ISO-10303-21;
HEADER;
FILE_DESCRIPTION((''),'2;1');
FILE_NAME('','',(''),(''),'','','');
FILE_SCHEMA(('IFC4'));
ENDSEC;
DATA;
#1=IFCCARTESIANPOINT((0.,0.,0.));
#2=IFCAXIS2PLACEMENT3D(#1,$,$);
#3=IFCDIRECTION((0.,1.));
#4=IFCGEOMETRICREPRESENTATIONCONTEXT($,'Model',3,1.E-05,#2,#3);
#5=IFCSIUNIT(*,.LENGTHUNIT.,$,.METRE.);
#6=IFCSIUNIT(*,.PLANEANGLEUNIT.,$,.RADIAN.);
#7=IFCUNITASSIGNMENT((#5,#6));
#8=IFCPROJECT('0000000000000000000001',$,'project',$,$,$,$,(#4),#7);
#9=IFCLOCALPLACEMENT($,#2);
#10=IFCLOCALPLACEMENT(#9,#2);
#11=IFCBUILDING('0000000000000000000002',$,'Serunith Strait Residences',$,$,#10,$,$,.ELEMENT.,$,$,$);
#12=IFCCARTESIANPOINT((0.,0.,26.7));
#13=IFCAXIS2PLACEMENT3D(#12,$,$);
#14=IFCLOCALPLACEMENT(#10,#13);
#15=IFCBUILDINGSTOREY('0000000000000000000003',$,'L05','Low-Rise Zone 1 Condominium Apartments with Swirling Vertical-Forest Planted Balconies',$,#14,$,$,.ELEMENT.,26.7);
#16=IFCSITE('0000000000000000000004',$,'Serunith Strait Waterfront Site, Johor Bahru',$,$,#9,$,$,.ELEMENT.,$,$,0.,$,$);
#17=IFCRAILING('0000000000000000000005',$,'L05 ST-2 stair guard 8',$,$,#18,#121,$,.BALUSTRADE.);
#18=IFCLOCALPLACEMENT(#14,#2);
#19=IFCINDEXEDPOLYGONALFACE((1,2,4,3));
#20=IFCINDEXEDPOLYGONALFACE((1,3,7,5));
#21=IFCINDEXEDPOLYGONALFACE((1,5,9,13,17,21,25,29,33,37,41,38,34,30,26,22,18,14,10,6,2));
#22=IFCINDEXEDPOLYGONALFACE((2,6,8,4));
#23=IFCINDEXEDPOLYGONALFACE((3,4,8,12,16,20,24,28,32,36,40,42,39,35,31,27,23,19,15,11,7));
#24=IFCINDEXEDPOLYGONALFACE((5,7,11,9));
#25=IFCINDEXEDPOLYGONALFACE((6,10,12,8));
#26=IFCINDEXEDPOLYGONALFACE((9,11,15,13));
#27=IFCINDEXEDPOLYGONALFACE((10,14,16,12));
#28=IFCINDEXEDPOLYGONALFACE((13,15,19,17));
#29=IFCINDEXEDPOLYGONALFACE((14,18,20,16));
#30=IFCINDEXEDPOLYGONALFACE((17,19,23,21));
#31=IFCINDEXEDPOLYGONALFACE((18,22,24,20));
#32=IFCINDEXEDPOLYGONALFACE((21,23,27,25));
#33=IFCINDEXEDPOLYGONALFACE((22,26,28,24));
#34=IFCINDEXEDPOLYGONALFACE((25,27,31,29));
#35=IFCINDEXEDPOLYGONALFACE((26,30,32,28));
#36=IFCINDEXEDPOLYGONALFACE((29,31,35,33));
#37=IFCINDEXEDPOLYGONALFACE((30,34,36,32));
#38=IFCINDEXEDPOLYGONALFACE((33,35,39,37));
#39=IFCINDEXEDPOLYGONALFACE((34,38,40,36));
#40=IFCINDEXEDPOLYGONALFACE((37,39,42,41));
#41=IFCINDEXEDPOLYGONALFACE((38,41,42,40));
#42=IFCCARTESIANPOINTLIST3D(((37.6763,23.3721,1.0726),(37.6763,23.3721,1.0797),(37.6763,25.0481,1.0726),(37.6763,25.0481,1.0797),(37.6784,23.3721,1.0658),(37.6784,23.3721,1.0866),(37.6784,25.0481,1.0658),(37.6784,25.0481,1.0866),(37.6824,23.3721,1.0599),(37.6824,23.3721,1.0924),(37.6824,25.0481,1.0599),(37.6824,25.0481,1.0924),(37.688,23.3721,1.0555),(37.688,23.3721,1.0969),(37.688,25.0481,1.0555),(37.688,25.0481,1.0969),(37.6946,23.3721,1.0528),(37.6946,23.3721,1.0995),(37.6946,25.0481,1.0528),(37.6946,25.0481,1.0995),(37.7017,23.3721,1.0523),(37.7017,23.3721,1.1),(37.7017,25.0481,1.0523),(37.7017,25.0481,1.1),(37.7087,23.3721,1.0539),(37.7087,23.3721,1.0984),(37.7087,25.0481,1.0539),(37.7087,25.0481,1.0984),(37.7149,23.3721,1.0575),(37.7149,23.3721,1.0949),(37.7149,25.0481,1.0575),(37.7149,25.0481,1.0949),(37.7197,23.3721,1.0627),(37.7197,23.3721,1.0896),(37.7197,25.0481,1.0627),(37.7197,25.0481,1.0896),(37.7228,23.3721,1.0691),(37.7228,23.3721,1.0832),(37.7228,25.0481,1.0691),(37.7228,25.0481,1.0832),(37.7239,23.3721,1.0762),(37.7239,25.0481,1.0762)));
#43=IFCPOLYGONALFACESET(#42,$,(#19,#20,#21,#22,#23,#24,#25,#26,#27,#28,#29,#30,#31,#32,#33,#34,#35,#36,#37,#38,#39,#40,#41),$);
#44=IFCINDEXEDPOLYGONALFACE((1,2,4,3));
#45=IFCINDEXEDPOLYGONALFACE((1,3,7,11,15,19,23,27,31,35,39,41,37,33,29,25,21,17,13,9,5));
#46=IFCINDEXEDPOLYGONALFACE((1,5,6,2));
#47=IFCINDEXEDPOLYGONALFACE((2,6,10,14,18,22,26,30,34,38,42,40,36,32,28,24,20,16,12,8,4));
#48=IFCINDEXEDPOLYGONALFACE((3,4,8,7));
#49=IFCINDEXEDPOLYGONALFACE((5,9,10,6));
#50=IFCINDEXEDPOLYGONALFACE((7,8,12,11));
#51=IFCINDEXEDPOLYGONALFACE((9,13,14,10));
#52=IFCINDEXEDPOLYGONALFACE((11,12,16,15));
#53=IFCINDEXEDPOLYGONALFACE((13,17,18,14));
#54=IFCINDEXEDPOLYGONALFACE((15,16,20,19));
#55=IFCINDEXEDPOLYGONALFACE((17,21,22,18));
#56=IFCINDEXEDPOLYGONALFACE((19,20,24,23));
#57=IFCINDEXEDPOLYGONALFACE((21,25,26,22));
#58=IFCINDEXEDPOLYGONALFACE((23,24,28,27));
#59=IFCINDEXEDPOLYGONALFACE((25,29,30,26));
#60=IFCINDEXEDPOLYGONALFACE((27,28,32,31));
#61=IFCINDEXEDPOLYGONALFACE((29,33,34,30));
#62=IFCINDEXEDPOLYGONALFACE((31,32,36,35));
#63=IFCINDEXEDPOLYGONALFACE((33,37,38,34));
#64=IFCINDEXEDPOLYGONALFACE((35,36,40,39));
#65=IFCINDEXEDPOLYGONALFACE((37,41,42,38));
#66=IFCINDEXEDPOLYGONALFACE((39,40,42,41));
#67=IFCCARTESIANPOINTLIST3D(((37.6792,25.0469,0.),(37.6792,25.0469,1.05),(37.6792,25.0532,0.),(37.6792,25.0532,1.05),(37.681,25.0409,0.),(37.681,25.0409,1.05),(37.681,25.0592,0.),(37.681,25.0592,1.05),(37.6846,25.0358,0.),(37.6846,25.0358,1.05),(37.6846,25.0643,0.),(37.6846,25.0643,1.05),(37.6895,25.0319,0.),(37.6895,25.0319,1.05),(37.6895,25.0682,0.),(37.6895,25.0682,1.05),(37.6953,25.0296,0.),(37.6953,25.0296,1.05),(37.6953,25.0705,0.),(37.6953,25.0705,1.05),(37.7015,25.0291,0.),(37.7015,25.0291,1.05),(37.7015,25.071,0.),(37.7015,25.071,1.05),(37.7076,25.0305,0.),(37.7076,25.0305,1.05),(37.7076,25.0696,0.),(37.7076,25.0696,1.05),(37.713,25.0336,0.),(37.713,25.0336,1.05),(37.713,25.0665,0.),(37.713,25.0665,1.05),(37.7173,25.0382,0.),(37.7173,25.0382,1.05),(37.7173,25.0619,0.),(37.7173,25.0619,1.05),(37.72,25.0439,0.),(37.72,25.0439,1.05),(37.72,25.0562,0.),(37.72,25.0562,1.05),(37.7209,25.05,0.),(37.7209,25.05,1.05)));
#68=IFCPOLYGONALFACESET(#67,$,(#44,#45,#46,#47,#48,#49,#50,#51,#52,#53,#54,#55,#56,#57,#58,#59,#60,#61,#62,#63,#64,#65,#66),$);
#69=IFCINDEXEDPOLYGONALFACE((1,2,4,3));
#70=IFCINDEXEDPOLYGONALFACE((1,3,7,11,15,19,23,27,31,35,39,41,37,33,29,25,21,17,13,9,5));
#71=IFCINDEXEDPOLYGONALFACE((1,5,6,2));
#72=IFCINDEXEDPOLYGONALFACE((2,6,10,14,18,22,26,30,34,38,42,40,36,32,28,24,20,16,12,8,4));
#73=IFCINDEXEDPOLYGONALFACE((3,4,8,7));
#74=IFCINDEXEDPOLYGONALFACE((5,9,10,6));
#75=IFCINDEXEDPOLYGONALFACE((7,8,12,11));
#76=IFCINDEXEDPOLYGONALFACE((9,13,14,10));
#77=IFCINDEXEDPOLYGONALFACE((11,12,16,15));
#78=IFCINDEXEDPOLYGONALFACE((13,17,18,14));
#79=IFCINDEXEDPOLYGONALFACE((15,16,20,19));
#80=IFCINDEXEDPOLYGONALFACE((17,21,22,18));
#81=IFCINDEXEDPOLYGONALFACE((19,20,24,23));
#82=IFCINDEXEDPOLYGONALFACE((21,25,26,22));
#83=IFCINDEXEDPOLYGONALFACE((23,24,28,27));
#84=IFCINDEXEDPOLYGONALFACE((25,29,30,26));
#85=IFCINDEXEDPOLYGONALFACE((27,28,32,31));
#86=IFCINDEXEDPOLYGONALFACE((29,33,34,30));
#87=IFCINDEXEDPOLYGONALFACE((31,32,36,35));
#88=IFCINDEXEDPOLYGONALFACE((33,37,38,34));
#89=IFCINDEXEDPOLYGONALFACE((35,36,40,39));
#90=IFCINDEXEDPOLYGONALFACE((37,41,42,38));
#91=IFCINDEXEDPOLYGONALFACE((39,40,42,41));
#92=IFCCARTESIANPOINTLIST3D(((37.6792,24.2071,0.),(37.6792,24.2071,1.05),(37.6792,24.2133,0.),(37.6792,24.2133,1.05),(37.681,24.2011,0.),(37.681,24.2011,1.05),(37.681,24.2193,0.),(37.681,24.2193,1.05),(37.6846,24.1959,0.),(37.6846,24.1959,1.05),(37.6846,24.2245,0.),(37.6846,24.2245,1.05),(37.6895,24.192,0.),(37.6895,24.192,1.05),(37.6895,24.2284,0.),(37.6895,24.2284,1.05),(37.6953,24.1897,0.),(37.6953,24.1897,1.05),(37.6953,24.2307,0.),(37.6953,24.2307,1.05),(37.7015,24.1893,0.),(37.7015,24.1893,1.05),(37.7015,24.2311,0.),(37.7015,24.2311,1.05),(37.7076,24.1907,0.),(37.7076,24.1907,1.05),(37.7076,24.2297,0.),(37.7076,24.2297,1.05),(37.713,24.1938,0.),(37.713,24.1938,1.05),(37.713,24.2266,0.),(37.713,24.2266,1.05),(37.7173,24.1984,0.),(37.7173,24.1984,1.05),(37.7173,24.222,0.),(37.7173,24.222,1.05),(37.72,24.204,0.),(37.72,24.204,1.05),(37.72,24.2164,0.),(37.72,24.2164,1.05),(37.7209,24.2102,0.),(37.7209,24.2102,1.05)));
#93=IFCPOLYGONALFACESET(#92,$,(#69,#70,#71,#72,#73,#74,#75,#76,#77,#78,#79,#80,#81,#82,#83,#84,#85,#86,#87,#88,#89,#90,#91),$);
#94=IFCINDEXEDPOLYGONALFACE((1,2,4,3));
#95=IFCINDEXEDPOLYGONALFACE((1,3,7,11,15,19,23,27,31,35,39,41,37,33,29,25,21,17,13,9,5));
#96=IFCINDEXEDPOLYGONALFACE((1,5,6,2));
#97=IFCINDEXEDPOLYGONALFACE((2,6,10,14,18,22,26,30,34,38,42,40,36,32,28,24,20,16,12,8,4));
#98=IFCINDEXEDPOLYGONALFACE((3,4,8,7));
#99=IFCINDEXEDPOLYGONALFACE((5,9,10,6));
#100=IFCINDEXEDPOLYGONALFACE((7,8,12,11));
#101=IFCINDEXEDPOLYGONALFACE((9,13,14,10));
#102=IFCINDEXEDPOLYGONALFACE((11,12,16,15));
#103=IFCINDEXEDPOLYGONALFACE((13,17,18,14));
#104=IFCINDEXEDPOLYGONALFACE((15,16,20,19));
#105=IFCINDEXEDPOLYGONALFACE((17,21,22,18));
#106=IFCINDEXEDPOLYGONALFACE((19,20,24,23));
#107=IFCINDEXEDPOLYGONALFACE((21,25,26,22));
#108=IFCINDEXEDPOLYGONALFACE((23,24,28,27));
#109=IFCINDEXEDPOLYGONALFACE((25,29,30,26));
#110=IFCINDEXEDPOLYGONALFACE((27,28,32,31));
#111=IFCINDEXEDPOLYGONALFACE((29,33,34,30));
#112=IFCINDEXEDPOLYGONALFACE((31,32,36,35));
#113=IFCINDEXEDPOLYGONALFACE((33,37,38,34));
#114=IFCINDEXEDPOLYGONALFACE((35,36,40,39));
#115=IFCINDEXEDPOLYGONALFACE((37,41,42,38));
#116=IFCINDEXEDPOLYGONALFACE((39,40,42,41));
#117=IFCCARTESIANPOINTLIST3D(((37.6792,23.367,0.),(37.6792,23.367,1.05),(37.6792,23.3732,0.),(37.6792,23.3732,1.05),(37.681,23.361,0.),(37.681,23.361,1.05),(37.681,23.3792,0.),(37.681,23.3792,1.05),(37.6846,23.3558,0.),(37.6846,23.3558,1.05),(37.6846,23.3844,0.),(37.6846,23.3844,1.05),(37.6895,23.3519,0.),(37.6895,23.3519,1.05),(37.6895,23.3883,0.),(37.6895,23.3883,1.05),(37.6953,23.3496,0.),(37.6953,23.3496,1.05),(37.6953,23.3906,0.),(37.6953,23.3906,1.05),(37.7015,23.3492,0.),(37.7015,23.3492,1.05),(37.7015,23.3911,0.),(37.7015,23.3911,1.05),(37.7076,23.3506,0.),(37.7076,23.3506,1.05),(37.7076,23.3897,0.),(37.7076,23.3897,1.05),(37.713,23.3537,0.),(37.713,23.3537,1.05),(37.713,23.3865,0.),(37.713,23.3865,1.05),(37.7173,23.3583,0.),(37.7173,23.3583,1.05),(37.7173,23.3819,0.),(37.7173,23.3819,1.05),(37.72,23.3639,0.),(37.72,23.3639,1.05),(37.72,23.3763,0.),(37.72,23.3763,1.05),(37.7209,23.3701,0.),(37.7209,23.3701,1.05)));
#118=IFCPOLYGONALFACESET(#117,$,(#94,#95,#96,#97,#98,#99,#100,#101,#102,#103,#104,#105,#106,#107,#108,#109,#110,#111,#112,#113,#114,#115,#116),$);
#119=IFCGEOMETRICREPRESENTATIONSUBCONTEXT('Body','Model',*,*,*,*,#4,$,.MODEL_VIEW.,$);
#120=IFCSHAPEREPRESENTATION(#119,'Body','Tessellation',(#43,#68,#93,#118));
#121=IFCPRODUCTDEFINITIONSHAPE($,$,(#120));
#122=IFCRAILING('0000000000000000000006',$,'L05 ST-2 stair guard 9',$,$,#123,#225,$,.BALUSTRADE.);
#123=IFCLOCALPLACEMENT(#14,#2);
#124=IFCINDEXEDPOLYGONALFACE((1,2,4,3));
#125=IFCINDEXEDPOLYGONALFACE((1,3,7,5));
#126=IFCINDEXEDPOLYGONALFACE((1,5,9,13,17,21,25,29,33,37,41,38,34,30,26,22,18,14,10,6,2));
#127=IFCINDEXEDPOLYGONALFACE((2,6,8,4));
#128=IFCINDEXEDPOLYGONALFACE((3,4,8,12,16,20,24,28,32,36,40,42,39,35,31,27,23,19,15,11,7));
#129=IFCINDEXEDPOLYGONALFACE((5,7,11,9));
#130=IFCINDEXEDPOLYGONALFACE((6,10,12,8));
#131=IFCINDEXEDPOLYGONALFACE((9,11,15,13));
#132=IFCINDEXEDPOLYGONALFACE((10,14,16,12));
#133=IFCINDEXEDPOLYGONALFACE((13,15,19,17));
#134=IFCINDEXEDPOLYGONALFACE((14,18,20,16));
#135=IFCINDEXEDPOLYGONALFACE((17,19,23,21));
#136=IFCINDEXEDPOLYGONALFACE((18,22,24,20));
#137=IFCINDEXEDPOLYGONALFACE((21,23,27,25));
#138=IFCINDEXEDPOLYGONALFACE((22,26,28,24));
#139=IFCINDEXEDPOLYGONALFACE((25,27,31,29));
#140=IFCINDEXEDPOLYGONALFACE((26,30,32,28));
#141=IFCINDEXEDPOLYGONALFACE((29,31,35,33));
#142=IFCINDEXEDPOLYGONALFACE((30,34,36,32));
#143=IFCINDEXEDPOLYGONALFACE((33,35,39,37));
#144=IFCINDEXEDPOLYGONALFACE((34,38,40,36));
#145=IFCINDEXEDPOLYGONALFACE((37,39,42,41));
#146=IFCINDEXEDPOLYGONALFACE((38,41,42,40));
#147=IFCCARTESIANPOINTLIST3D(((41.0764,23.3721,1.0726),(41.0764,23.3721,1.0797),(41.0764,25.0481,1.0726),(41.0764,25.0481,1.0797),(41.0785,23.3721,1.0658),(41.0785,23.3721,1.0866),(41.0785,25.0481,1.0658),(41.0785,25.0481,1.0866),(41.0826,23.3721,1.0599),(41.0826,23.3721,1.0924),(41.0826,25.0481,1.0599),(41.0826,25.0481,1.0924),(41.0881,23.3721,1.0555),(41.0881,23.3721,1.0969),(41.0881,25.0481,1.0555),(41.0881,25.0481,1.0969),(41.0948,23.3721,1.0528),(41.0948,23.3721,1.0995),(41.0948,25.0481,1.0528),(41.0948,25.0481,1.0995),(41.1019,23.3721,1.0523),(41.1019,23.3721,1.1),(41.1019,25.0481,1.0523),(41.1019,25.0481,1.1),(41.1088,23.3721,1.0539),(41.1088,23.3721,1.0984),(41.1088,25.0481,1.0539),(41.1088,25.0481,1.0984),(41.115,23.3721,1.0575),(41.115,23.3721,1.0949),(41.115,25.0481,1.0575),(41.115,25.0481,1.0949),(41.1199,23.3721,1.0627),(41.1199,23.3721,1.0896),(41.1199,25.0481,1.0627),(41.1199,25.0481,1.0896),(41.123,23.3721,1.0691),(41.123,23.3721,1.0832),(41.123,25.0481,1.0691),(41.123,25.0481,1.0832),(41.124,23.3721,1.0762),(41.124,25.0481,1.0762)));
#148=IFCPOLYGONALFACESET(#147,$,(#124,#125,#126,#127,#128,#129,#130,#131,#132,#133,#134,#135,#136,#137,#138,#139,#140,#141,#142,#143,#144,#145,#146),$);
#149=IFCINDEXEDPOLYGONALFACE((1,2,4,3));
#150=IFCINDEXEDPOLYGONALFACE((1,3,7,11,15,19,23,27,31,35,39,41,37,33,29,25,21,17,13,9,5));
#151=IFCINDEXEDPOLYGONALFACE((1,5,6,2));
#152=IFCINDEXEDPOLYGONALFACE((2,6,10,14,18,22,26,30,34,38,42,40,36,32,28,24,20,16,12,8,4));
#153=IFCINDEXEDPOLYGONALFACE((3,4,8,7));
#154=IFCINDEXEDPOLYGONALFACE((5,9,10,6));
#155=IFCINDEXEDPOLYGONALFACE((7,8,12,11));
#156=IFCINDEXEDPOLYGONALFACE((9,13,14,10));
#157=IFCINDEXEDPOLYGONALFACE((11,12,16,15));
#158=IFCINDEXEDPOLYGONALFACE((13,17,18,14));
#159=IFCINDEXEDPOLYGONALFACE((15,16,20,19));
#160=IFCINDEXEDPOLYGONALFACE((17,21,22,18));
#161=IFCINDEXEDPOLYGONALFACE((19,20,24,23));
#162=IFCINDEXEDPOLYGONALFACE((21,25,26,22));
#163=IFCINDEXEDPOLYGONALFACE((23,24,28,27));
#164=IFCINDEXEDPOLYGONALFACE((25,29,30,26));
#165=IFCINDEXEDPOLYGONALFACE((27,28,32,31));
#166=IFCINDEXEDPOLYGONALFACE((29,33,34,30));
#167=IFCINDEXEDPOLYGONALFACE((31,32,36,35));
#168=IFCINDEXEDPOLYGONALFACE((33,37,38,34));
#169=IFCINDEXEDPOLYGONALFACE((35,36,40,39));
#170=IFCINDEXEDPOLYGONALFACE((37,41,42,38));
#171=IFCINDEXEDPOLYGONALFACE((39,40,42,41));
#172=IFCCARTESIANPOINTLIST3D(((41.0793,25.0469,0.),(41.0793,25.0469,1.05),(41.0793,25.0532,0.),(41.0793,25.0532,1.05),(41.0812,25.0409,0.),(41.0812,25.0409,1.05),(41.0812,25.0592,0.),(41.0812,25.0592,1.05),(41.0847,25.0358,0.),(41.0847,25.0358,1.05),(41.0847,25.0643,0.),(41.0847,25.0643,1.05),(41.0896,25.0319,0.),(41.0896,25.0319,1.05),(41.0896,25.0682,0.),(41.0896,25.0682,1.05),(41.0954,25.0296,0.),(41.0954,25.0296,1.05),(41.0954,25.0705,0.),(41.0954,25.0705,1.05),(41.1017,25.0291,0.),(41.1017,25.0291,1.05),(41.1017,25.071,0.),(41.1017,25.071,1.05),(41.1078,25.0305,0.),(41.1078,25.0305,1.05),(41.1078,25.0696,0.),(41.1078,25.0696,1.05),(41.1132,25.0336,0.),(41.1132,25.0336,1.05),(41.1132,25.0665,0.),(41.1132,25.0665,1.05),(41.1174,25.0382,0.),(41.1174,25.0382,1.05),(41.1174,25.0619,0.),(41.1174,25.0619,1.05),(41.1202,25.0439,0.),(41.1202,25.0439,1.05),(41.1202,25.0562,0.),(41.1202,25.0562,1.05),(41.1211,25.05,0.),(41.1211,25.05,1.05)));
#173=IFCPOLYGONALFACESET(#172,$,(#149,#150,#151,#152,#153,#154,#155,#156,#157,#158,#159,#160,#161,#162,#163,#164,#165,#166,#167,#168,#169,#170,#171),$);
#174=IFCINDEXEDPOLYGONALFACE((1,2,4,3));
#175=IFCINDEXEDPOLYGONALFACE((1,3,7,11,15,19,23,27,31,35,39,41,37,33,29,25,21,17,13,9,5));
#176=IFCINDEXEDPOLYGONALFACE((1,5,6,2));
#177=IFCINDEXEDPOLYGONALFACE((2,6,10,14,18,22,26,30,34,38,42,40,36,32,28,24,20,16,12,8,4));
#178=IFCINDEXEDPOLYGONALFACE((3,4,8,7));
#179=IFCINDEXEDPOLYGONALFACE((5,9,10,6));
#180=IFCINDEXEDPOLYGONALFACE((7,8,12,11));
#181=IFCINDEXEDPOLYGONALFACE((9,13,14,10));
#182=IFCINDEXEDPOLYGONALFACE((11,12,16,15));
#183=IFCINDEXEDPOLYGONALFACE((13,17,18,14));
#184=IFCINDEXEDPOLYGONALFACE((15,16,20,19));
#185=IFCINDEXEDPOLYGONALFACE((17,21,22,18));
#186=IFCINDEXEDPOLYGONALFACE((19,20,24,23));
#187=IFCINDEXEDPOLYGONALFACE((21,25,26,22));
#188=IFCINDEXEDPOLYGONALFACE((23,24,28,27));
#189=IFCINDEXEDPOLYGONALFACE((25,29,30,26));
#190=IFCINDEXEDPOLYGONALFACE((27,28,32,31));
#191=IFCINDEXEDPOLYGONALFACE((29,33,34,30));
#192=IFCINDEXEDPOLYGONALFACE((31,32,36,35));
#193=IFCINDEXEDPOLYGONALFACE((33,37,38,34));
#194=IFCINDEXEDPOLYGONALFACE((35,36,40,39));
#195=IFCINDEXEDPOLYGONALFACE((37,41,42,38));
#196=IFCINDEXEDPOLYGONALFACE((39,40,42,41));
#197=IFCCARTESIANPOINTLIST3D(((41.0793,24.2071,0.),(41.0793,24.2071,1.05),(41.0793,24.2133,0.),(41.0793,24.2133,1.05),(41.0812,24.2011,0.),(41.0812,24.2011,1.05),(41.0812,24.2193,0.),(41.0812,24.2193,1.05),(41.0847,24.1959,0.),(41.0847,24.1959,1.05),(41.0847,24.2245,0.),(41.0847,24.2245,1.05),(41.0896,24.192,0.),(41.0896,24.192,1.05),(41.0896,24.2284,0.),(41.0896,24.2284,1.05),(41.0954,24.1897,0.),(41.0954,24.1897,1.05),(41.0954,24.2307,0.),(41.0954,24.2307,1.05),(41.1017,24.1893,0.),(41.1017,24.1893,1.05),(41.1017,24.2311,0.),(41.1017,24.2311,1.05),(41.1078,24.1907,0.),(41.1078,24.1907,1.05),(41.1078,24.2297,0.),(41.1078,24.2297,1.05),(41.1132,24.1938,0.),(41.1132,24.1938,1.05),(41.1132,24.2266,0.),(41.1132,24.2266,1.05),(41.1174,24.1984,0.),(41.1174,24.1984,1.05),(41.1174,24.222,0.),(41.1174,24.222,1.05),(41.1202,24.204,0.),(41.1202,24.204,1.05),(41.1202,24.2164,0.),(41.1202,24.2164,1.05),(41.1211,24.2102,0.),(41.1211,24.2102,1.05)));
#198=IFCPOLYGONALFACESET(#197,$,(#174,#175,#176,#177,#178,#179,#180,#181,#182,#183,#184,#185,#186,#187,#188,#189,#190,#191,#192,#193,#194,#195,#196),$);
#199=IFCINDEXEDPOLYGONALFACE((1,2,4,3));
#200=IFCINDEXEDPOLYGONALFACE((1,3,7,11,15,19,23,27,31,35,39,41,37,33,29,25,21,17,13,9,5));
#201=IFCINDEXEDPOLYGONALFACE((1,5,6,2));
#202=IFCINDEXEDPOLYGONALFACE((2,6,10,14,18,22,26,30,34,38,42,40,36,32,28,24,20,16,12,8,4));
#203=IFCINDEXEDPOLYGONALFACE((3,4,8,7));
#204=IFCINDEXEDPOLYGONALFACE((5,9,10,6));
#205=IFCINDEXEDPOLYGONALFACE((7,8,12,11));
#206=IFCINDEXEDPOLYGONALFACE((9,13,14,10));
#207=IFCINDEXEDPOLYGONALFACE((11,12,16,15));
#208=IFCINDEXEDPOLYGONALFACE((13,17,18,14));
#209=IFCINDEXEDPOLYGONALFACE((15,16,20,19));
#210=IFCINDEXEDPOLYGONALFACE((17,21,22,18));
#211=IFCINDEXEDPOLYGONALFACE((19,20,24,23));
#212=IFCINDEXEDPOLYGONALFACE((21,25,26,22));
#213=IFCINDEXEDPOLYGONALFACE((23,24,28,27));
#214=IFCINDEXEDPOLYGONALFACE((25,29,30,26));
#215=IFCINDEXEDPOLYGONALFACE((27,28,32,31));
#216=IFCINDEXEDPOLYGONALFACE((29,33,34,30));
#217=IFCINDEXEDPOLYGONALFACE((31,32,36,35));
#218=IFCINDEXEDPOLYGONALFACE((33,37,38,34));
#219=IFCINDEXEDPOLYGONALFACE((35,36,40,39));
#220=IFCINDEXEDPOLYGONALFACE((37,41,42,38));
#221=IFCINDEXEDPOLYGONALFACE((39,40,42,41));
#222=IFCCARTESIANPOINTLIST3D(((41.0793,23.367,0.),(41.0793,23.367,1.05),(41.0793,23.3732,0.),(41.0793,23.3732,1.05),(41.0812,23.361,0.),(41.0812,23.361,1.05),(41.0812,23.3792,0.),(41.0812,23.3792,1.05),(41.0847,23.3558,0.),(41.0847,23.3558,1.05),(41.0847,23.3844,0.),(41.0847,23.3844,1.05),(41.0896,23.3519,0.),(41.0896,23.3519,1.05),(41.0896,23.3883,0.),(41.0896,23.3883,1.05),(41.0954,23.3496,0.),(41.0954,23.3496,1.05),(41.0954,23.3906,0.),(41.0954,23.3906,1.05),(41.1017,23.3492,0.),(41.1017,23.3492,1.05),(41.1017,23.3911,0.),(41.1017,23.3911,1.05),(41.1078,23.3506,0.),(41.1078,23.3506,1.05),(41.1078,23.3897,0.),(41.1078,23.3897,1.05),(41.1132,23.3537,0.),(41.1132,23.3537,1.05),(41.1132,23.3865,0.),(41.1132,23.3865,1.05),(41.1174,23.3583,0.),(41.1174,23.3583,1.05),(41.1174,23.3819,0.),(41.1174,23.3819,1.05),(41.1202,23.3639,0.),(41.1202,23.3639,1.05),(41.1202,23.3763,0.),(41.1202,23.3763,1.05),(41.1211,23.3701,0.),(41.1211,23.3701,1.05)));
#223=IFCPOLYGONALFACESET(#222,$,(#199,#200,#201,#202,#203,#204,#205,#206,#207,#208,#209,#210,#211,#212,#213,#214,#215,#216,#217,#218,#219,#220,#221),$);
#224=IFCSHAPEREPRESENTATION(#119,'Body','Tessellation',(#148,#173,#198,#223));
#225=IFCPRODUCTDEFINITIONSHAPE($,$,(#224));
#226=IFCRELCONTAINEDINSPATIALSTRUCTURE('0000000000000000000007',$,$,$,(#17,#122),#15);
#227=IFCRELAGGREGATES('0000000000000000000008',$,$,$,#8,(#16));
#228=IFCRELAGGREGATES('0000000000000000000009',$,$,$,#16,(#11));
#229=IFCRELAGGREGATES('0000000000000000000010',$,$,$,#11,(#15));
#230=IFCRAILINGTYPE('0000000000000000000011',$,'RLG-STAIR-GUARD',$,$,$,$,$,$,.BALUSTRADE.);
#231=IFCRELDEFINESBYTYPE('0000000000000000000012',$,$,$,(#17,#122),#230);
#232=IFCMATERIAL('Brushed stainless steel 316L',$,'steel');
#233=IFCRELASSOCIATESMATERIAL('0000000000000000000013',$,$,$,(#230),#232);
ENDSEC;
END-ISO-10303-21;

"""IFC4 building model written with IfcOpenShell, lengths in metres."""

from ifc_helpers import new_model, si_unit, direction, frame, origin, origin_2d, place, context, subcontext, project, spatial, circle, extrude, material, type_object, element, save


model = new_model("IFC4")

# Units and contexts
model_context = context("Model", 3, precision=1e-05, world=origin(), true_north=direction((0.0, 1.0)))
body_context = subcontext(model_context, "Body", "Model", "MODEL_VIEW")
ifc_project = project(units=[si_unit("LENGTHUNIT", "METRE"), si_unit("PLANEANGLEUNIT", "RADIAN")], contexts=[model_context])

# Site, building, storey
site_placement = place(None, origin())
site = spatial("IfcSite", under=ifc_project, at=site_placement, Name="Serunith Strait Waterfront Site, Johor Bahru", CompositionType="ELEMENT", RefElevation=0.0)
building_placement = place(site_placement, origin())
building = spatial("IfcBuilding", under=site, at=building_placement, Name="Serunith Strait Residences", CompositionType="ELEMENT")
storey_placement = place(building_placement, frame((0.0, 0.0, 26.7)))
storey = spatial("IfcBuildingStorey", under=building, at=storey_placement, Name="L05", Description="Low-Rise Zone 1 Condominium Apartments with Swirling Vertical-Forest Planted Balconies", CompositionType="ELEMENT", Elevation=26.7)

# Railings
ifc_material_1 = material(Name="Brushed stainless steel 316L", Category="steel")
railing_type = type_object("IfcRailingType", Name="RLG-STAIR-GUARD", PredefinedType="BALUSTRADE", material=ifc_material_1)
for number, where, name in (
    (1, (37.7, 25.05, 0.0), "L05 ST-2 stair guard 8"),
    (2, (41.1001, 25.05, 0.0), "L05 ST-2 stair guard 9"),
):
    element("IfcRailing", number, at=place(storey_placement, frame(where)), inside=storey, type_object=railing_type, Name=name, PredefinedType="BALUSTRADE", context=body_context, shape_type="SweptSolid", body=[
        extrude(circle(Radius=0.0239, at=origin_2d()), frame((0.0, -0.002, 1.0762), z_axis=(0.0, -1.0, 0.0), x_axis=(1.0, 0.0, 0.0)), (0.0, 0.0, 1.0), 1.676),
        extrude(circle(Radius=0.021, at=origin_2d()), origin(), (0.0, 0.0, 1.0), 1.05),
        extrude(circle(Radius=0.021, at=origin_2d()), frame((0.0, -0.8398, 0.0)), (0.0, 0.0, 1.0), 1.05),
        extrude(circle(Radius=0.021, at=origin_2d()), frame((0.0, -1.6799, 0.0)), (0.0, 0.0, 1.0), 1.05),
    ])

save(model, "model.ifc")
